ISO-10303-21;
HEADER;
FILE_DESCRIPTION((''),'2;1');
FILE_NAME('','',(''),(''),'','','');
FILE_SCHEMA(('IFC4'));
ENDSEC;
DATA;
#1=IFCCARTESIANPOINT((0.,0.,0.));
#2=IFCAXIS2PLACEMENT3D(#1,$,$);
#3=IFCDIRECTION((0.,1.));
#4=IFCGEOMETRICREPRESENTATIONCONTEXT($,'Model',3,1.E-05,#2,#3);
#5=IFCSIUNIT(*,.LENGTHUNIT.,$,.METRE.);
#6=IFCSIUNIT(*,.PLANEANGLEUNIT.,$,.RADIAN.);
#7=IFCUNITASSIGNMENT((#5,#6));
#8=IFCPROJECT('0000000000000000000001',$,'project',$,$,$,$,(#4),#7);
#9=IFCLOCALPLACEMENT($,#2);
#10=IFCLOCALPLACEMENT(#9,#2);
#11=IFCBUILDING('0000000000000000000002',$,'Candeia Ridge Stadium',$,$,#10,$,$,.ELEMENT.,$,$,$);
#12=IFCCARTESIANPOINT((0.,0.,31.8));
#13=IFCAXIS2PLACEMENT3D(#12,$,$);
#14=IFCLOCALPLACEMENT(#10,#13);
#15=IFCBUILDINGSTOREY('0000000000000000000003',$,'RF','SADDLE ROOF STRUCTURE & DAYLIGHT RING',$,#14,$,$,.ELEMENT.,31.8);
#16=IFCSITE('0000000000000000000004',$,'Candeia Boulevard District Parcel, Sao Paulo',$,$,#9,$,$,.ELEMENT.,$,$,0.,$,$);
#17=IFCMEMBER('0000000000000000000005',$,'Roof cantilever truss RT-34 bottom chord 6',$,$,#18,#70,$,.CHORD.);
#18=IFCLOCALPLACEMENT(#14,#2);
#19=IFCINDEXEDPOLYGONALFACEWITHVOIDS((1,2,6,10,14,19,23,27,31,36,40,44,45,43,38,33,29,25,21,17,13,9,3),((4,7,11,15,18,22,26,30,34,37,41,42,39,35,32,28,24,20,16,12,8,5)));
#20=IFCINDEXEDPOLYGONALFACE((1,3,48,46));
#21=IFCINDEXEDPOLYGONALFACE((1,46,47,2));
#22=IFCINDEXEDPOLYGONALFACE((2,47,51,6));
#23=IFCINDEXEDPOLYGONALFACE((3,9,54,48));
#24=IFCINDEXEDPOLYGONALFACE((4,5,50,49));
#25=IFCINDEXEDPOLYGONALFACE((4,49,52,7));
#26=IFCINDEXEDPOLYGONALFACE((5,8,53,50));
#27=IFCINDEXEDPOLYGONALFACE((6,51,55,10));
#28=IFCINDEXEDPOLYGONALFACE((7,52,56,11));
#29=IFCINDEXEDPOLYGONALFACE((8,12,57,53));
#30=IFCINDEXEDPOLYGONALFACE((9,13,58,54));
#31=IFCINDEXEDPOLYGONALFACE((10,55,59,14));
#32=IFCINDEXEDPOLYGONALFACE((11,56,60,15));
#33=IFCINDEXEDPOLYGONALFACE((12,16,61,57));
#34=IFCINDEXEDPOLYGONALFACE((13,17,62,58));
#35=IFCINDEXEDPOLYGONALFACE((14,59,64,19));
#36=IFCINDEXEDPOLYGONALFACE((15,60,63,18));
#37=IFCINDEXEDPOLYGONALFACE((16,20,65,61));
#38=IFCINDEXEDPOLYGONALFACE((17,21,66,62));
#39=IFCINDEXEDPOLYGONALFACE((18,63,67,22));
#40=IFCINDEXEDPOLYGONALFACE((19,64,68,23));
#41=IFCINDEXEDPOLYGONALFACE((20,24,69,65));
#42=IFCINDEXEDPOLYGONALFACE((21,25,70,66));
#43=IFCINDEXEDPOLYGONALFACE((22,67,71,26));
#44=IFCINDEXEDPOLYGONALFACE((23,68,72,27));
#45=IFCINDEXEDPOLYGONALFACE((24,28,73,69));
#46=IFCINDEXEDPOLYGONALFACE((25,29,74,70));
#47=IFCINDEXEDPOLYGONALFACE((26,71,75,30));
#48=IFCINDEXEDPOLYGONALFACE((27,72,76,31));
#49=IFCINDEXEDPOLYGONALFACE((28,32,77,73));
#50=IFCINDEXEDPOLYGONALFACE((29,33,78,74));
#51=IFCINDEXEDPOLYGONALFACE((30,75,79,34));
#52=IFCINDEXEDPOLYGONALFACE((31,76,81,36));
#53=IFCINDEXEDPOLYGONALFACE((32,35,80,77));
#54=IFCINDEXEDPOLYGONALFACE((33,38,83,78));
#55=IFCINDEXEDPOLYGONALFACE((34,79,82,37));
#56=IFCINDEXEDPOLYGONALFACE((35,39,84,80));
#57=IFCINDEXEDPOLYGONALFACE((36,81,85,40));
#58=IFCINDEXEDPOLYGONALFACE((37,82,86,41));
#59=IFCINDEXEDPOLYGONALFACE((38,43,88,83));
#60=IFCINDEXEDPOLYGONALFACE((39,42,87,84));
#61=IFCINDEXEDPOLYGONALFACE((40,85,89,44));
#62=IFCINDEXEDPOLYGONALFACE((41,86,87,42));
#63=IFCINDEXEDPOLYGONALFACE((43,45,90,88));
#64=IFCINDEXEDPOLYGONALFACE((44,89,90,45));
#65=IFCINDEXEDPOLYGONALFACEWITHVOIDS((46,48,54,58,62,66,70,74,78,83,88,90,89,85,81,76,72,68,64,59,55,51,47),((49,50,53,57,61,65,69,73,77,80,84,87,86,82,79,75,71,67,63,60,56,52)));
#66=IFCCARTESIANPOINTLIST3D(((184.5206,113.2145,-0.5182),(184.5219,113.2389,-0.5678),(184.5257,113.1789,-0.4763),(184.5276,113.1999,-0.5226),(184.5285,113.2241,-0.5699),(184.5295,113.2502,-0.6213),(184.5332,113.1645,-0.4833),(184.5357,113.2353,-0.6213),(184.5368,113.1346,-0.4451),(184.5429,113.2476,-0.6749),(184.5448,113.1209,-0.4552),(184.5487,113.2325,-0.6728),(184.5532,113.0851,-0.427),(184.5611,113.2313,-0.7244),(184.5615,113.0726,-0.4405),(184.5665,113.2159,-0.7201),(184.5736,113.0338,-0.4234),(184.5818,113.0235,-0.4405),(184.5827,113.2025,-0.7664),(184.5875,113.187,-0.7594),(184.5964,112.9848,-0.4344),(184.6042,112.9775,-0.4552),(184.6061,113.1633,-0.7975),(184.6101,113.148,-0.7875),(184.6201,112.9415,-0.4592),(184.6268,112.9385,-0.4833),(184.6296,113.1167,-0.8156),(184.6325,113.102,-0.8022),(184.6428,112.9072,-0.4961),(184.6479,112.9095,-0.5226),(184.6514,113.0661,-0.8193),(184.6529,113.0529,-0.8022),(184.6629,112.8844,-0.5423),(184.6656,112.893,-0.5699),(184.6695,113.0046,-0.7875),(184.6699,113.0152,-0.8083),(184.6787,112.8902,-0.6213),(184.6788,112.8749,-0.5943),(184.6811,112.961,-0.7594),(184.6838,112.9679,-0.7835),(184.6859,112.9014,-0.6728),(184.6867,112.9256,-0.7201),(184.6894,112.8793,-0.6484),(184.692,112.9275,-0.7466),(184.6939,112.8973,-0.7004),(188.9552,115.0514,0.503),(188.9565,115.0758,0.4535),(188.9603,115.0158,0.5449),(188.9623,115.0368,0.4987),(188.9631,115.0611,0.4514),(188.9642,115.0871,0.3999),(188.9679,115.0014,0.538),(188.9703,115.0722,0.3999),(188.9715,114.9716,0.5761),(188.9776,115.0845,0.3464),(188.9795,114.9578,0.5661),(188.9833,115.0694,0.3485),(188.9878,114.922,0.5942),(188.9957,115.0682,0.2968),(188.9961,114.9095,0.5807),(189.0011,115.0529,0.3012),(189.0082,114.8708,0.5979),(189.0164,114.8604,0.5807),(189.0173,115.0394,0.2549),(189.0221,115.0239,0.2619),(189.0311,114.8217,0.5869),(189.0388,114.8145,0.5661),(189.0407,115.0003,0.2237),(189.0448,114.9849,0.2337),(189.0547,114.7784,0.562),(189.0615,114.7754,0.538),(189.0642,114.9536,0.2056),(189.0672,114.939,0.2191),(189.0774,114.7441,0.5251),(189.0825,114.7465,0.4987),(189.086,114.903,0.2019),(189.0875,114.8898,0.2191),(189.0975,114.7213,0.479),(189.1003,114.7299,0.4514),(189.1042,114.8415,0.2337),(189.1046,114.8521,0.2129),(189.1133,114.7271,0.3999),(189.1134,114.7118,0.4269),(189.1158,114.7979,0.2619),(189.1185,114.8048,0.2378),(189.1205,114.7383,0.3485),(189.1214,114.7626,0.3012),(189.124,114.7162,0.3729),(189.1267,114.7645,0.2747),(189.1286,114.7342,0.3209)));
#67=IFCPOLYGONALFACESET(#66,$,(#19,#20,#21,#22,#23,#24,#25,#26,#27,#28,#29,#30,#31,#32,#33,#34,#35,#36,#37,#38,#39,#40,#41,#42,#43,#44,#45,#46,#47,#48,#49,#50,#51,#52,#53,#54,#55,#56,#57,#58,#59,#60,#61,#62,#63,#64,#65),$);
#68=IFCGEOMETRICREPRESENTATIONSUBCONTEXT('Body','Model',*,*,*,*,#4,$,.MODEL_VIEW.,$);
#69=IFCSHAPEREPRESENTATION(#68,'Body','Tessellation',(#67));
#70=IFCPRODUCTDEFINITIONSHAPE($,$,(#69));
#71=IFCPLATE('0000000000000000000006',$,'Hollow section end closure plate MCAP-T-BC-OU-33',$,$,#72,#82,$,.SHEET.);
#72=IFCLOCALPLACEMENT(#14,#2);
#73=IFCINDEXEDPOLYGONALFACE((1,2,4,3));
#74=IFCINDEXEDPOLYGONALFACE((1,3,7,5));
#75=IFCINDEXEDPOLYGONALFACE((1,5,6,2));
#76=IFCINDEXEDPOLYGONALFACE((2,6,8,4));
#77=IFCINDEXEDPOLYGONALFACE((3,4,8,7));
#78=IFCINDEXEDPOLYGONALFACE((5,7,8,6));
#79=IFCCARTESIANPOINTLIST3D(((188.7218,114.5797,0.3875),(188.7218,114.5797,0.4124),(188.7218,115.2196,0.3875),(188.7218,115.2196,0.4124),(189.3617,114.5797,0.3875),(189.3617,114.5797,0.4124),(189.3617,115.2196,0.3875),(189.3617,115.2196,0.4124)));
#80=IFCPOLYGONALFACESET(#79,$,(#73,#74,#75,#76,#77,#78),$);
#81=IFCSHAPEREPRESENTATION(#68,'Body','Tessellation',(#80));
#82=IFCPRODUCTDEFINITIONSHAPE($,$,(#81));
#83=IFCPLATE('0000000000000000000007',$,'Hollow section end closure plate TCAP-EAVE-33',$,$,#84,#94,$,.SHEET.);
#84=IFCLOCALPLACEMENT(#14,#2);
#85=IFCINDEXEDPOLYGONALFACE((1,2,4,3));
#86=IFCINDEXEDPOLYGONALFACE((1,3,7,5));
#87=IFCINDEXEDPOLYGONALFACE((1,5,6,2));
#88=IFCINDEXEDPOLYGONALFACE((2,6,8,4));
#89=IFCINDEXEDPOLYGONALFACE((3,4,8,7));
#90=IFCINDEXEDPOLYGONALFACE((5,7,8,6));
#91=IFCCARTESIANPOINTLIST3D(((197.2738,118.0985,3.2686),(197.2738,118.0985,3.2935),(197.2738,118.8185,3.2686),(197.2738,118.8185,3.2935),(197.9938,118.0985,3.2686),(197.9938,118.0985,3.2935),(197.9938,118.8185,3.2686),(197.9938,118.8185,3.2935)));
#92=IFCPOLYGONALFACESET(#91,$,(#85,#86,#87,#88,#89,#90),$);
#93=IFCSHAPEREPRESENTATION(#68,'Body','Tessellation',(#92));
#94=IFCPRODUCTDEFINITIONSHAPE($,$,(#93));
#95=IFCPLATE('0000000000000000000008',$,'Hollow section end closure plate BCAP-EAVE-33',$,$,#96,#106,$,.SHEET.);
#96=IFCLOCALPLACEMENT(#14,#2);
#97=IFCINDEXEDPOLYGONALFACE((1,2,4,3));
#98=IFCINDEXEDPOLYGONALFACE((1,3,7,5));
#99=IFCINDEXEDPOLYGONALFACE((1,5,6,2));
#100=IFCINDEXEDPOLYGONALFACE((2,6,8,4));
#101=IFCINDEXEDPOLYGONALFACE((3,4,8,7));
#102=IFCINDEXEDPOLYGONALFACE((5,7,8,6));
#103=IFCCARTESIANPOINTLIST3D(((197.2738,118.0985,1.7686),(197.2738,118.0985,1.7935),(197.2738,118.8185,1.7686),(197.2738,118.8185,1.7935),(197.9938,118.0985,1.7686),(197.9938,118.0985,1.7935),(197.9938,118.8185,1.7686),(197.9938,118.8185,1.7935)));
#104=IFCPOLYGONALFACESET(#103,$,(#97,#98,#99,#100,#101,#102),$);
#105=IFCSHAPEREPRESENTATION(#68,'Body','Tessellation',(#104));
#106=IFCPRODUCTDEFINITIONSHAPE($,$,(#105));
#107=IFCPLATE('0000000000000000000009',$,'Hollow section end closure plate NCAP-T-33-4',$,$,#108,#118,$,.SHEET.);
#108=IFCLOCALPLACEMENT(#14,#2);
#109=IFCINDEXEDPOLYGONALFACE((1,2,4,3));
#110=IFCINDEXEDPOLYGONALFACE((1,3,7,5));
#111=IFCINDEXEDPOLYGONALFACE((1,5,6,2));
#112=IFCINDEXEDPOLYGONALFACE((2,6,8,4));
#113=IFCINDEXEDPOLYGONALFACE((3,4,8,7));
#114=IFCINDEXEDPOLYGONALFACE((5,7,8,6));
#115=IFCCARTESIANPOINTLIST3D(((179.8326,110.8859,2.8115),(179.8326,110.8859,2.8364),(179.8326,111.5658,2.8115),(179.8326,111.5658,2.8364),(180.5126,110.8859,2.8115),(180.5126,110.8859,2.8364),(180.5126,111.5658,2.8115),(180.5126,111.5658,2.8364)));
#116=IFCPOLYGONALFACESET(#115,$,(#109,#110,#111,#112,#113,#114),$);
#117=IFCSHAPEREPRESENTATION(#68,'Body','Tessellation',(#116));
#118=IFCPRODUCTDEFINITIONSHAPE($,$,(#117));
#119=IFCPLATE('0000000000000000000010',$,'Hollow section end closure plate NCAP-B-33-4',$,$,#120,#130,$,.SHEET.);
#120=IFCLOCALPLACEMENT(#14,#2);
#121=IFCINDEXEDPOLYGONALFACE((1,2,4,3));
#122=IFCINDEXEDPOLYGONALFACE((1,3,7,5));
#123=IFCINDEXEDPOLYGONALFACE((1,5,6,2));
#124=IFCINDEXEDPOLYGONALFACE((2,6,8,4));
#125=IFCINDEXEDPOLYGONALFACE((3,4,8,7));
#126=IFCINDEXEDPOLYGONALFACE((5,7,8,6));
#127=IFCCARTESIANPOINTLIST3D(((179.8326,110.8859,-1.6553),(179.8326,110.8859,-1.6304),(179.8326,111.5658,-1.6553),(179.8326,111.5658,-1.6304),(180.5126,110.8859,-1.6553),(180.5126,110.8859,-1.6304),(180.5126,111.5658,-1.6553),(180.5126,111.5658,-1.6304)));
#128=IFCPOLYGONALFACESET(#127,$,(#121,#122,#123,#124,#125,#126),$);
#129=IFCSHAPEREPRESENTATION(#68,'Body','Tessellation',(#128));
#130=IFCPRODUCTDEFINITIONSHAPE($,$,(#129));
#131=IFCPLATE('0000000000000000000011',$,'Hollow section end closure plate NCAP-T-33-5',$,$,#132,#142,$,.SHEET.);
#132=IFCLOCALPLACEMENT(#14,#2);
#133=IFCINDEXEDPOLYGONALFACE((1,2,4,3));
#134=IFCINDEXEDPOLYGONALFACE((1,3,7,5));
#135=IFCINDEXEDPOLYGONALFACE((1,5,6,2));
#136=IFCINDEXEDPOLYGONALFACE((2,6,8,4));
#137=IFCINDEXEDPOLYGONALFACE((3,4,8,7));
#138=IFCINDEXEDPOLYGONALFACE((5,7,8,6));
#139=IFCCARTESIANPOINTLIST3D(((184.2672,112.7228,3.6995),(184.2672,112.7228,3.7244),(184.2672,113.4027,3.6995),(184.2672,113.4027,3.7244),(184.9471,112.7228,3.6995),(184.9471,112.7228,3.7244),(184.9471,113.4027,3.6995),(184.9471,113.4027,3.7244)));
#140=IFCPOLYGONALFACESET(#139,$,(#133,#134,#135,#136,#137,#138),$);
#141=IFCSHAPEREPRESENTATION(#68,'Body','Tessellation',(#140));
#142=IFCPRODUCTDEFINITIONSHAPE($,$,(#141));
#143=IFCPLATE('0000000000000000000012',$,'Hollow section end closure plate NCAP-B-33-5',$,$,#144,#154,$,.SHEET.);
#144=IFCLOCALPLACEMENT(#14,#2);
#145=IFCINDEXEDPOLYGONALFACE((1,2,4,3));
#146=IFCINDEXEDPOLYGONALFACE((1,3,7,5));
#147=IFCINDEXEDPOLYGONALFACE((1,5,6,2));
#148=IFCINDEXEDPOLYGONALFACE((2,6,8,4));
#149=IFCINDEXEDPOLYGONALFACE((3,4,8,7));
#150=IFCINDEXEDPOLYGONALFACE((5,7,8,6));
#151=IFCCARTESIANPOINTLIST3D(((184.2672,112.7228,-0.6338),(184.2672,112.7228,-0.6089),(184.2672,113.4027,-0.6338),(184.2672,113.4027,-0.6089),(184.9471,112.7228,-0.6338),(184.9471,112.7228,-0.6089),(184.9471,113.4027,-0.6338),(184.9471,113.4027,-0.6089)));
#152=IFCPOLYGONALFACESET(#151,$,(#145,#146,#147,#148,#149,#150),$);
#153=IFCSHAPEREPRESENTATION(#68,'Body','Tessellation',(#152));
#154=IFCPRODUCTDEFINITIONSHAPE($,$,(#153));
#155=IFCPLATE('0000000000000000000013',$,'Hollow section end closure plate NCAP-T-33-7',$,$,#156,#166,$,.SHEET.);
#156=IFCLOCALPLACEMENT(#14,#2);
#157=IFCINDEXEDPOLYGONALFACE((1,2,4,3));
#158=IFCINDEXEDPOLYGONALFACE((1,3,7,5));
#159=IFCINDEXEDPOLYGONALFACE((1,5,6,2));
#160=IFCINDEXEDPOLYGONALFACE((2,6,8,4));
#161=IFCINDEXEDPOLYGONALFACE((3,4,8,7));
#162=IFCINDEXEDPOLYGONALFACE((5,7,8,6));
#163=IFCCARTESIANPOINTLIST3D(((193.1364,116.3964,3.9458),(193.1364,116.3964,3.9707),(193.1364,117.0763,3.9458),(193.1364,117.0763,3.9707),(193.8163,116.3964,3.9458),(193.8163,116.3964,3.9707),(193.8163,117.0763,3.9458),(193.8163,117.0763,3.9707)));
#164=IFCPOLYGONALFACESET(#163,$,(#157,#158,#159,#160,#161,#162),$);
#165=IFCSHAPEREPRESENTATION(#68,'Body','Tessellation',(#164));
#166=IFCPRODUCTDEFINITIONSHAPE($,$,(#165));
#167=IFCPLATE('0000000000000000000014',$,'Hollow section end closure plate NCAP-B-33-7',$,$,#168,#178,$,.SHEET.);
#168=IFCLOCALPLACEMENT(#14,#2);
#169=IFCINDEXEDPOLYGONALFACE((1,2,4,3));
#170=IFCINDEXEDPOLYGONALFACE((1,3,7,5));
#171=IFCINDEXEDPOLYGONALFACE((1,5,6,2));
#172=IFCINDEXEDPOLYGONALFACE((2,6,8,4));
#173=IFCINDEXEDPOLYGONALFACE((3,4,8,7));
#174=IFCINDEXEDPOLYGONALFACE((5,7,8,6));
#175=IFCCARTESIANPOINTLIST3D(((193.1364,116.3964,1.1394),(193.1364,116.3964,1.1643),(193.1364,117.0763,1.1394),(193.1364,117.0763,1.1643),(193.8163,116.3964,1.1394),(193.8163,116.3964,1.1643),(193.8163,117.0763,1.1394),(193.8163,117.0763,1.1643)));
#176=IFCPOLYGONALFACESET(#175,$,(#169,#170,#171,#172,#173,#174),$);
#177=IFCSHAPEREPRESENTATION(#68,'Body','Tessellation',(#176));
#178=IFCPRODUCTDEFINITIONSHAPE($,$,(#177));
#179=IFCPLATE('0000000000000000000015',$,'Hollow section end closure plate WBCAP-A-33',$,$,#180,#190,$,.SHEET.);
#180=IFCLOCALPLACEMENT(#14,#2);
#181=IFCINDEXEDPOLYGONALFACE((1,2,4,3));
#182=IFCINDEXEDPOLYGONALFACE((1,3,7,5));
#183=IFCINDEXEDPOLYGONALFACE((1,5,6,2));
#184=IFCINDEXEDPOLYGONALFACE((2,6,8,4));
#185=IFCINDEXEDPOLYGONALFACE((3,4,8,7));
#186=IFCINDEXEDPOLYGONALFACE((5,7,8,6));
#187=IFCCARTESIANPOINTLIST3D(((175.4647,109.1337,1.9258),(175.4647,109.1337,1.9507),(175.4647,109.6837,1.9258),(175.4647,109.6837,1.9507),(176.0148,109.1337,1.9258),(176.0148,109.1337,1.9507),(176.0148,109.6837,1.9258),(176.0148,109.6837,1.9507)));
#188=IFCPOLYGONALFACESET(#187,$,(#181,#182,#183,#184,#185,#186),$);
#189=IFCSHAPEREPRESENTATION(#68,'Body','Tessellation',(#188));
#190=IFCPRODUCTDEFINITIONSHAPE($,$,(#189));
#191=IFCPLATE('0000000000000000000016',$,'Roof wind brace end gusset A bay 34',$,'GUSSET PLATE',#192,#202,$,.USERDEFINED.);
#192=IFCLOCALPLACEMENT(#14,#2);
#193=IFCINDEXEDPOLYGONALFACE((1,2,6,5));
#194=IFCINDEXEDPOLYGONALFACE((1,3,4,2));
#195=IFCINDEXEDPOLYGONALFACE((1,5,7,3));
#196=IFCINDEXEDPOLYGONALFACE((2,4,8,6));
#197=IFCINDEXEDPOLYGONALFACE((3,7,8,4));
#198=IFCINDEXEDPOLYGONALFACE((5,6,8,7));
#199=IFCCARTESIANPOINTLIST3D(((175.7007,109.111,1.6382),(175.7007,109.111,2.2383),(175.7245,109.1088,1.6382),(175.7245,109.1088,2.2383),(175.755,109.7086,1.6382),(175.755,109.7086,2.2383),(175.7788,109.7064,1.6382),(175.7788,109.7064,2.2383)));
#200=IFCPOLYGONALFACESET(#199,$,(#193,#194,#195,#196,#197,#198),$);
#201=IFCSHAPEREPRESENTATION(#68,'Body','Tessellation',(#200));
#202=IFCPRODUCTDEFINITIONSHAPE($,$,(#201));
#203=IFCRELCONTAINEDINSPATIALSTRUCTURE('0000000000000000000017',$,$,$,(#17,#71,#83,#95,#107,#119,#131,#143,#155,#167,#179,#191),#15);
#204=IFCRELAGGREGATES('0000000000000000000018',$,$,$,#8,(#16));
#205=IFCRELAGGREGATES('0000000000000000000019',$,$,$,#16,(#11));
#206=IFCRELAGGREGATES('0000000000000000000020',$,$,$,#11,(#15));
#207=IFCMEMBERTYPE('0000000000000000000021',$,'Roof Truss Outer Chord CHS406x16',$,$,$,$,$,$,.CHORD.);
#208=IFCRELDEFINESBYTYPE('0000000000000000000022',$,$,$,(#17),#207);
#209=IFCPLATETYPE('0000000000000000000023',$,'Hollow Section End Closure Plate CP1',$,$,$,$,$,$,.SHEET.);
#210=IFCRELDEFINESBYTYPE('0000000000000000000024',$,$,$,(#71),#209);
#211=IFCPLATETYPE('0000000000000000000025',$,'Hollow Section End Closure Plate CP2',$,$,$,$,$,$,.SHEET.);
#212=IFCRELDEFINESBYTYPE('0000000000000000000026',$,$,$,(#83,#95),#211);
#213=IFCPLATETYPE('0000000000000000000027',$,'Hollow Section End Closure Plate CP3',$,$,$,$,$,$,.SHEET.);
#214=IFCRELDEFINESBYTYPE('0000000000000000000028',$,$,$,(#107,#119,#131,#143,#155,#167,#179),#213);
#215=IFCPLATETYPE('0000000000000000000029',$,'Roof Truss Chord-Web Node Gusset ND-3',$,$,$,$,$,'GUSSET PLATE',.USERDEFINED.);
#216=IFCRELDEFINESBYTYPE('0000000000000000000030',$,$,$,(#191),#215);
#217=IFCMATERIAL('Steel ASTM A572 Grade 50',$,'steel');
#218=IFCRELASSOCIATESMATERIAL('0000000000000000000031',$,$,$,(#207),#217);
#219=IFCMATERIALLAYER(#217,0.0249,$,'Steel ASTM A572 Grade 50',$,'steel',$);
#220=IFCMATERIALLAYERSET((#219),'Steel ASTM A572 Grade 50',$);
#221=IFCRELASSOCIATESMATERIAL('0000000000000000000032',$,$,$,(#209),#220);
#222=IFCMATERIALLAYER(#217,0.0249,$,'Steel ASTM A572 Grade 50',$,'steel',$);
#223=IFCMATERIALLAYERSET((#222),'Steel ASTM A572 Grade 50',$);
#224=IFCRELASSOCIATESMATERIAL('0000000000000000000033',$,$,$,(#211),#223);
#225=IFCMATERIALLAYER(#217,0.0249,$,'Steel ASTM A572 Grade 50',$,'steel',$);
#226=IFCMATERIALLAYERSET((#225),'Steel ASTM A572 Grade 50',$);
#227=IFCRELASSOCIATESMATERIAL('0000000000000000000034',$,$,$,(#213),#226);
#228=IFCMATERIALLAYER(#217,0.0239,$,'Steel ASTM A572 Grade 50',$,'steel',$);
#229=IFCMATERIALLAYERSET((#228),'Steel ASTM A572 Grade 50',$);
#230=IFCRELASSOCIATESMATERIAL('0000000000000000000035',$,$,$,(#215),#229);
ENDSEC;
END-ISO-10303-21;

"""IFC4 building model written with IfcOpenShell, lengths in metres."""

from ifc_helpers import new_model, si_unit, direction, frame, origin, origin_2d, place, context, subcontext, project, spatial, rectangle, hollow_circle, extrude, material, layer, layer_set, material_profile, profile_set, type_object, element, save


model = new_model("IFC4")

# Units and contexts
model_context = context("Model", 3, precision=1e-05, world=origin(), true_north=direction((0.0, 1.0)))
body_context = subcontext(model_context, "Body", "Model", "MODEL_VIEW")
ifc_project = project(units=[si_unit("LENGTHUNIT", "METRE"), si_unit("PLANEANGLEUNIT", "RADIAN")], contexts=[model_context])

# Site, building, storey
site_placement = place(None, origin())
site = spatial("IfcSite", under=ifc_project, at=site_placement, Name="Candeia Boulevard District Parcel, Sao Paulo", CompositionType="ELEMENT", RefElevation=0.0)
building_placement = place(site_placement, origin())
building = spatial("IfcBuilding", under=site, at=building_placement, Name="Candeia Ridge Stadium", CompositionType="ELEMENT")
storey_placement = place(building_placement, frame((0.0, 0.0, 31.8)))
storey = spatial("IfcBuildingStorey", under=building, at=storey_placement, Name="RF", Description="SADDLE ROOF STRUCTURE & DAYLIGHT RING", CompositionType="ELEMENT", Elevation=31.8)

# Shared definitions
ifc_material = material(Name="Steel ASTM A572 Grade 50", Category="steel")

# Member
ifc_material_profile_1 = material_profile(ifc_material, hollow_circle(Radius=0.2029, WallThickness=0.0161, at=origin_2d()), Name="CHS406x16", Category="steel")
ifc_profile_set_1 = profile_set([ifc_material_profile_1], Name="Steel ASTM A572 Grade 50")
member_type_1 = type_object("IfcMemberType", Name="Roof Truss Outer Chord CHS406x16", PredefinedType="CHORD", material=ifc_profile_set_1)
for number, where, z_axis, x_axis, name in (
    (1, (184.6072, 113.0627, -0.6213), (0.903649, 0.374315, 0.208102), (-0.382693, 0.923875, 0.0), "Roof cantilever truss RT-34 bottom chord 6"),
):
    element("IfcMember", number, at=place(storey_placement, frame(where, z_axis=z_axis, x_axis=x_axis)), inside=storey, type_object=member_type_1, Name=name, PredefinedType="CHORD", context=body_context, shape_type="SweptSolid", body=[
        extrude(hollow_circle(Radius=0.2029, WallThickness=0.0161, at=origin_2d()), origin(), (0.0, 0.0, 1.0), 4.9075),
    ])

# Plates
ifc_layer_1 = layer(ifc_material, 0.0249, Name="Steel ASTM A572 Grade 50", Category="steel")
ifc_layer_set_1 = layer_set([ifc_layer_1], Name="Steel ASTM A572 Grade 50")
plate_type_1 = type_object("IfcPlateType", Name="Hollow Section End Closure Plate CP1", PredefinedType="SHEET", material=ifc_layer_set_1)
plate_1_placement = place(storey_placement, frame((189.0417, 114.8997, 0.3875), z_axis=(0.0, 0.0, 1.0), x_axis=(1.0, 0.0, 0.0)))
element("IfcPlate", 2, at=plate_1_placement, inside=storey, type_object=plate_type_1, Name="Hollow section end closure plate MCAP-T-BC-OU-33", PredefinedType="SHEET", context=body_context, shape_type="SweptSolid", body=[
    extrude(rectangle(XDim=0.6399, YDim=0.6399, at=origin_2d()), origin(), (0.0, 0.0, 1.0), 0.0249),
])
ifc_layer_2 = layer(ifc_material, 0.0249, Name="Steel ASTM A572 Grade 50", Category="steel")
ifc_layer_set_2 = layer_set([ifc_layer_2], Name="Steel ASTM A572 Grade 50")
plate_type_2 = type_object("IfcPlateType", Name="Hollow Section End Closure Plate CP2", PredefinedType="SHEET", material=ifc_layer_set_2)
for number, where, z_axis, x_axis, name in (
    (3, (197.6338, 118.4585, 3.2686), (0.0, 0.0, 1.0), (1.0, 0.0, 0.0), "Hollow section end closure plate TCAP-EAVE-33"),
    (4, (197.6338, 118.4585, 1.7686), (0.0, 0.0, 1.0), (1.0, 0.0, 0.0), "Hollow section end closure plate BCAP-EAVE-33"),
):
    element("IfcPlate", number, at=place(storey_placement, frame(where, z_axis=z_axis, x_axis=x_axis)), inside=storey, type_object=plate_type_2, Name=name, PredefinedType="SHEET", context=body_context, shape_type="SweptSolid", body=[
        extrude(rectangle(XDim=0.72, YDim=0.72, at=origin_2d()), origin(), (0.0, 0.0, 1.0), 0.0249),
    ])
ifc_layer_3 = layer(ifc_material, 0.0249, Name="Steel ASTM A572 Grade 50", Category="steel")
ifc_layer_set_3 = layer_set([ifc_layer_3], Name="Steel ASTM A572 Grade 50")
plate_type_3 = type_object("IfcPlateType", Name="Hollow Section End Closure Plate CP3", PredefinedType="SHEET", material=ifc_layer_set_3)
for number, where, z_axis, x_axis, name in (
    (5, (180.1726, 111.2258, 2.8115), (0.0, 0.0, 1.0), (1.0, 0.0, 0.0), "Hollow section end closure plate NCAP-T-33-4"),
    (6, (180.1726, 111.2258, -1.6553), (0.0, 0.0, 1.0), (1.0, 0.0, 0.0), "Hollow section end closure plate NCAP-B-33-4"),
    (7, (184.6072, 113.0627, 3.6995), (0.0, 0.0, 1.0), (1.0, 0.0, 0.0), "Hollow section end closure plate NCAP-T-33-5"),
    (8, (184.6072, 113.0627, -0.6338), (0.0, 0.0, 1.0), (1.0, 0.0, 0.0), "Hollow section end closure plate NCAP-B-33-5"),
    (9, (193.4763, 116.7363, 3.9458), (0.0, 0.0, 1.0), (1.0, 0.0, 0.0), "Hollow section end closure plate NCAP-T-33-7"),
    (10, (193.4763, 116.7363, 1.1394), (0.0, 0.0, 1.0), (1.0, 0.0, 0.0), "Hollow section end closure plate NCAP-B-33-7"),
):
    element("IfcPlate", number, at=place(storey_placement, frame(where, z_axis=z_axis, x_axis=x_axis)), inside=storey, type_object=plate_type_3, Name=name, PredefinedType="SHEET", context=body_context, shape_type="SweptSolid", body=[
        extrude(rectangle(XDim=0.6799, YDim=0.6799, at=origin_2d()), origin(), (0.0, 0.0, 1.0), 0.0249),
    ])
plate_2_placement = place(storey_placement, frame((175.7397, 109.4087, 1.9258), z_axis=(0.0, 0.0, 1.0), x_axis=(1.0, 0.0, 0.0)))
element("IfcPlate", 11, at=plate_2_placement, inside=storey, type_object=plate_type_3, Name="Hollow section end closure plate WBCAP-A-33", PredefinedType="SHEET", context=body_context, shape_type="SweptSolid", body=[
    extrude(rectangle(XDim=0.55, YDim=0.55, at=origin_2d()), origin(), (0.0, 0.0, 1.0), 0.0249),
])
ifc_layer_4 = layer(ifc_material, 0.0239, Name="Steel ASTM A572 Grade 50", Category="steel")
ifc_layer_set_4 = layer_set([ifc_layer_4], Name="Steel ASTM A572 Grade 50")
plate_type_4 = type_object("IfcPlateType", Name="Roof Truss Chord-Web Node Gusset ND-3", ElementType="GUSSET PLATE", PredefinedType="USERDEFINED", material=ifc_layer_set_4)
plate_3_placement = place(storey_placement, frame((175.7397, 109.4087, 1.6382), z_axis=(0.0, 0.0, 1.0), x_axis=(0.090407, 0.995905, 0.0)))
element("IfcPlate", 12, at=plate_3_placement, inside=storey, type_object=plate_type_4, Name="Roof wind brace end gusset A bay 34", ObjectType="GUSSET PLATE", PredefinedType="USERDEFINED", context=body_context, shape_type="SweptSolid", body=[
    extrude(rectangle(XDim=0.6001, YDim=0.0239, at=origin_2d()), origin(), (0.0, 0.0, 1.0), 0.6001),
])

save(model, "model.ifc")
